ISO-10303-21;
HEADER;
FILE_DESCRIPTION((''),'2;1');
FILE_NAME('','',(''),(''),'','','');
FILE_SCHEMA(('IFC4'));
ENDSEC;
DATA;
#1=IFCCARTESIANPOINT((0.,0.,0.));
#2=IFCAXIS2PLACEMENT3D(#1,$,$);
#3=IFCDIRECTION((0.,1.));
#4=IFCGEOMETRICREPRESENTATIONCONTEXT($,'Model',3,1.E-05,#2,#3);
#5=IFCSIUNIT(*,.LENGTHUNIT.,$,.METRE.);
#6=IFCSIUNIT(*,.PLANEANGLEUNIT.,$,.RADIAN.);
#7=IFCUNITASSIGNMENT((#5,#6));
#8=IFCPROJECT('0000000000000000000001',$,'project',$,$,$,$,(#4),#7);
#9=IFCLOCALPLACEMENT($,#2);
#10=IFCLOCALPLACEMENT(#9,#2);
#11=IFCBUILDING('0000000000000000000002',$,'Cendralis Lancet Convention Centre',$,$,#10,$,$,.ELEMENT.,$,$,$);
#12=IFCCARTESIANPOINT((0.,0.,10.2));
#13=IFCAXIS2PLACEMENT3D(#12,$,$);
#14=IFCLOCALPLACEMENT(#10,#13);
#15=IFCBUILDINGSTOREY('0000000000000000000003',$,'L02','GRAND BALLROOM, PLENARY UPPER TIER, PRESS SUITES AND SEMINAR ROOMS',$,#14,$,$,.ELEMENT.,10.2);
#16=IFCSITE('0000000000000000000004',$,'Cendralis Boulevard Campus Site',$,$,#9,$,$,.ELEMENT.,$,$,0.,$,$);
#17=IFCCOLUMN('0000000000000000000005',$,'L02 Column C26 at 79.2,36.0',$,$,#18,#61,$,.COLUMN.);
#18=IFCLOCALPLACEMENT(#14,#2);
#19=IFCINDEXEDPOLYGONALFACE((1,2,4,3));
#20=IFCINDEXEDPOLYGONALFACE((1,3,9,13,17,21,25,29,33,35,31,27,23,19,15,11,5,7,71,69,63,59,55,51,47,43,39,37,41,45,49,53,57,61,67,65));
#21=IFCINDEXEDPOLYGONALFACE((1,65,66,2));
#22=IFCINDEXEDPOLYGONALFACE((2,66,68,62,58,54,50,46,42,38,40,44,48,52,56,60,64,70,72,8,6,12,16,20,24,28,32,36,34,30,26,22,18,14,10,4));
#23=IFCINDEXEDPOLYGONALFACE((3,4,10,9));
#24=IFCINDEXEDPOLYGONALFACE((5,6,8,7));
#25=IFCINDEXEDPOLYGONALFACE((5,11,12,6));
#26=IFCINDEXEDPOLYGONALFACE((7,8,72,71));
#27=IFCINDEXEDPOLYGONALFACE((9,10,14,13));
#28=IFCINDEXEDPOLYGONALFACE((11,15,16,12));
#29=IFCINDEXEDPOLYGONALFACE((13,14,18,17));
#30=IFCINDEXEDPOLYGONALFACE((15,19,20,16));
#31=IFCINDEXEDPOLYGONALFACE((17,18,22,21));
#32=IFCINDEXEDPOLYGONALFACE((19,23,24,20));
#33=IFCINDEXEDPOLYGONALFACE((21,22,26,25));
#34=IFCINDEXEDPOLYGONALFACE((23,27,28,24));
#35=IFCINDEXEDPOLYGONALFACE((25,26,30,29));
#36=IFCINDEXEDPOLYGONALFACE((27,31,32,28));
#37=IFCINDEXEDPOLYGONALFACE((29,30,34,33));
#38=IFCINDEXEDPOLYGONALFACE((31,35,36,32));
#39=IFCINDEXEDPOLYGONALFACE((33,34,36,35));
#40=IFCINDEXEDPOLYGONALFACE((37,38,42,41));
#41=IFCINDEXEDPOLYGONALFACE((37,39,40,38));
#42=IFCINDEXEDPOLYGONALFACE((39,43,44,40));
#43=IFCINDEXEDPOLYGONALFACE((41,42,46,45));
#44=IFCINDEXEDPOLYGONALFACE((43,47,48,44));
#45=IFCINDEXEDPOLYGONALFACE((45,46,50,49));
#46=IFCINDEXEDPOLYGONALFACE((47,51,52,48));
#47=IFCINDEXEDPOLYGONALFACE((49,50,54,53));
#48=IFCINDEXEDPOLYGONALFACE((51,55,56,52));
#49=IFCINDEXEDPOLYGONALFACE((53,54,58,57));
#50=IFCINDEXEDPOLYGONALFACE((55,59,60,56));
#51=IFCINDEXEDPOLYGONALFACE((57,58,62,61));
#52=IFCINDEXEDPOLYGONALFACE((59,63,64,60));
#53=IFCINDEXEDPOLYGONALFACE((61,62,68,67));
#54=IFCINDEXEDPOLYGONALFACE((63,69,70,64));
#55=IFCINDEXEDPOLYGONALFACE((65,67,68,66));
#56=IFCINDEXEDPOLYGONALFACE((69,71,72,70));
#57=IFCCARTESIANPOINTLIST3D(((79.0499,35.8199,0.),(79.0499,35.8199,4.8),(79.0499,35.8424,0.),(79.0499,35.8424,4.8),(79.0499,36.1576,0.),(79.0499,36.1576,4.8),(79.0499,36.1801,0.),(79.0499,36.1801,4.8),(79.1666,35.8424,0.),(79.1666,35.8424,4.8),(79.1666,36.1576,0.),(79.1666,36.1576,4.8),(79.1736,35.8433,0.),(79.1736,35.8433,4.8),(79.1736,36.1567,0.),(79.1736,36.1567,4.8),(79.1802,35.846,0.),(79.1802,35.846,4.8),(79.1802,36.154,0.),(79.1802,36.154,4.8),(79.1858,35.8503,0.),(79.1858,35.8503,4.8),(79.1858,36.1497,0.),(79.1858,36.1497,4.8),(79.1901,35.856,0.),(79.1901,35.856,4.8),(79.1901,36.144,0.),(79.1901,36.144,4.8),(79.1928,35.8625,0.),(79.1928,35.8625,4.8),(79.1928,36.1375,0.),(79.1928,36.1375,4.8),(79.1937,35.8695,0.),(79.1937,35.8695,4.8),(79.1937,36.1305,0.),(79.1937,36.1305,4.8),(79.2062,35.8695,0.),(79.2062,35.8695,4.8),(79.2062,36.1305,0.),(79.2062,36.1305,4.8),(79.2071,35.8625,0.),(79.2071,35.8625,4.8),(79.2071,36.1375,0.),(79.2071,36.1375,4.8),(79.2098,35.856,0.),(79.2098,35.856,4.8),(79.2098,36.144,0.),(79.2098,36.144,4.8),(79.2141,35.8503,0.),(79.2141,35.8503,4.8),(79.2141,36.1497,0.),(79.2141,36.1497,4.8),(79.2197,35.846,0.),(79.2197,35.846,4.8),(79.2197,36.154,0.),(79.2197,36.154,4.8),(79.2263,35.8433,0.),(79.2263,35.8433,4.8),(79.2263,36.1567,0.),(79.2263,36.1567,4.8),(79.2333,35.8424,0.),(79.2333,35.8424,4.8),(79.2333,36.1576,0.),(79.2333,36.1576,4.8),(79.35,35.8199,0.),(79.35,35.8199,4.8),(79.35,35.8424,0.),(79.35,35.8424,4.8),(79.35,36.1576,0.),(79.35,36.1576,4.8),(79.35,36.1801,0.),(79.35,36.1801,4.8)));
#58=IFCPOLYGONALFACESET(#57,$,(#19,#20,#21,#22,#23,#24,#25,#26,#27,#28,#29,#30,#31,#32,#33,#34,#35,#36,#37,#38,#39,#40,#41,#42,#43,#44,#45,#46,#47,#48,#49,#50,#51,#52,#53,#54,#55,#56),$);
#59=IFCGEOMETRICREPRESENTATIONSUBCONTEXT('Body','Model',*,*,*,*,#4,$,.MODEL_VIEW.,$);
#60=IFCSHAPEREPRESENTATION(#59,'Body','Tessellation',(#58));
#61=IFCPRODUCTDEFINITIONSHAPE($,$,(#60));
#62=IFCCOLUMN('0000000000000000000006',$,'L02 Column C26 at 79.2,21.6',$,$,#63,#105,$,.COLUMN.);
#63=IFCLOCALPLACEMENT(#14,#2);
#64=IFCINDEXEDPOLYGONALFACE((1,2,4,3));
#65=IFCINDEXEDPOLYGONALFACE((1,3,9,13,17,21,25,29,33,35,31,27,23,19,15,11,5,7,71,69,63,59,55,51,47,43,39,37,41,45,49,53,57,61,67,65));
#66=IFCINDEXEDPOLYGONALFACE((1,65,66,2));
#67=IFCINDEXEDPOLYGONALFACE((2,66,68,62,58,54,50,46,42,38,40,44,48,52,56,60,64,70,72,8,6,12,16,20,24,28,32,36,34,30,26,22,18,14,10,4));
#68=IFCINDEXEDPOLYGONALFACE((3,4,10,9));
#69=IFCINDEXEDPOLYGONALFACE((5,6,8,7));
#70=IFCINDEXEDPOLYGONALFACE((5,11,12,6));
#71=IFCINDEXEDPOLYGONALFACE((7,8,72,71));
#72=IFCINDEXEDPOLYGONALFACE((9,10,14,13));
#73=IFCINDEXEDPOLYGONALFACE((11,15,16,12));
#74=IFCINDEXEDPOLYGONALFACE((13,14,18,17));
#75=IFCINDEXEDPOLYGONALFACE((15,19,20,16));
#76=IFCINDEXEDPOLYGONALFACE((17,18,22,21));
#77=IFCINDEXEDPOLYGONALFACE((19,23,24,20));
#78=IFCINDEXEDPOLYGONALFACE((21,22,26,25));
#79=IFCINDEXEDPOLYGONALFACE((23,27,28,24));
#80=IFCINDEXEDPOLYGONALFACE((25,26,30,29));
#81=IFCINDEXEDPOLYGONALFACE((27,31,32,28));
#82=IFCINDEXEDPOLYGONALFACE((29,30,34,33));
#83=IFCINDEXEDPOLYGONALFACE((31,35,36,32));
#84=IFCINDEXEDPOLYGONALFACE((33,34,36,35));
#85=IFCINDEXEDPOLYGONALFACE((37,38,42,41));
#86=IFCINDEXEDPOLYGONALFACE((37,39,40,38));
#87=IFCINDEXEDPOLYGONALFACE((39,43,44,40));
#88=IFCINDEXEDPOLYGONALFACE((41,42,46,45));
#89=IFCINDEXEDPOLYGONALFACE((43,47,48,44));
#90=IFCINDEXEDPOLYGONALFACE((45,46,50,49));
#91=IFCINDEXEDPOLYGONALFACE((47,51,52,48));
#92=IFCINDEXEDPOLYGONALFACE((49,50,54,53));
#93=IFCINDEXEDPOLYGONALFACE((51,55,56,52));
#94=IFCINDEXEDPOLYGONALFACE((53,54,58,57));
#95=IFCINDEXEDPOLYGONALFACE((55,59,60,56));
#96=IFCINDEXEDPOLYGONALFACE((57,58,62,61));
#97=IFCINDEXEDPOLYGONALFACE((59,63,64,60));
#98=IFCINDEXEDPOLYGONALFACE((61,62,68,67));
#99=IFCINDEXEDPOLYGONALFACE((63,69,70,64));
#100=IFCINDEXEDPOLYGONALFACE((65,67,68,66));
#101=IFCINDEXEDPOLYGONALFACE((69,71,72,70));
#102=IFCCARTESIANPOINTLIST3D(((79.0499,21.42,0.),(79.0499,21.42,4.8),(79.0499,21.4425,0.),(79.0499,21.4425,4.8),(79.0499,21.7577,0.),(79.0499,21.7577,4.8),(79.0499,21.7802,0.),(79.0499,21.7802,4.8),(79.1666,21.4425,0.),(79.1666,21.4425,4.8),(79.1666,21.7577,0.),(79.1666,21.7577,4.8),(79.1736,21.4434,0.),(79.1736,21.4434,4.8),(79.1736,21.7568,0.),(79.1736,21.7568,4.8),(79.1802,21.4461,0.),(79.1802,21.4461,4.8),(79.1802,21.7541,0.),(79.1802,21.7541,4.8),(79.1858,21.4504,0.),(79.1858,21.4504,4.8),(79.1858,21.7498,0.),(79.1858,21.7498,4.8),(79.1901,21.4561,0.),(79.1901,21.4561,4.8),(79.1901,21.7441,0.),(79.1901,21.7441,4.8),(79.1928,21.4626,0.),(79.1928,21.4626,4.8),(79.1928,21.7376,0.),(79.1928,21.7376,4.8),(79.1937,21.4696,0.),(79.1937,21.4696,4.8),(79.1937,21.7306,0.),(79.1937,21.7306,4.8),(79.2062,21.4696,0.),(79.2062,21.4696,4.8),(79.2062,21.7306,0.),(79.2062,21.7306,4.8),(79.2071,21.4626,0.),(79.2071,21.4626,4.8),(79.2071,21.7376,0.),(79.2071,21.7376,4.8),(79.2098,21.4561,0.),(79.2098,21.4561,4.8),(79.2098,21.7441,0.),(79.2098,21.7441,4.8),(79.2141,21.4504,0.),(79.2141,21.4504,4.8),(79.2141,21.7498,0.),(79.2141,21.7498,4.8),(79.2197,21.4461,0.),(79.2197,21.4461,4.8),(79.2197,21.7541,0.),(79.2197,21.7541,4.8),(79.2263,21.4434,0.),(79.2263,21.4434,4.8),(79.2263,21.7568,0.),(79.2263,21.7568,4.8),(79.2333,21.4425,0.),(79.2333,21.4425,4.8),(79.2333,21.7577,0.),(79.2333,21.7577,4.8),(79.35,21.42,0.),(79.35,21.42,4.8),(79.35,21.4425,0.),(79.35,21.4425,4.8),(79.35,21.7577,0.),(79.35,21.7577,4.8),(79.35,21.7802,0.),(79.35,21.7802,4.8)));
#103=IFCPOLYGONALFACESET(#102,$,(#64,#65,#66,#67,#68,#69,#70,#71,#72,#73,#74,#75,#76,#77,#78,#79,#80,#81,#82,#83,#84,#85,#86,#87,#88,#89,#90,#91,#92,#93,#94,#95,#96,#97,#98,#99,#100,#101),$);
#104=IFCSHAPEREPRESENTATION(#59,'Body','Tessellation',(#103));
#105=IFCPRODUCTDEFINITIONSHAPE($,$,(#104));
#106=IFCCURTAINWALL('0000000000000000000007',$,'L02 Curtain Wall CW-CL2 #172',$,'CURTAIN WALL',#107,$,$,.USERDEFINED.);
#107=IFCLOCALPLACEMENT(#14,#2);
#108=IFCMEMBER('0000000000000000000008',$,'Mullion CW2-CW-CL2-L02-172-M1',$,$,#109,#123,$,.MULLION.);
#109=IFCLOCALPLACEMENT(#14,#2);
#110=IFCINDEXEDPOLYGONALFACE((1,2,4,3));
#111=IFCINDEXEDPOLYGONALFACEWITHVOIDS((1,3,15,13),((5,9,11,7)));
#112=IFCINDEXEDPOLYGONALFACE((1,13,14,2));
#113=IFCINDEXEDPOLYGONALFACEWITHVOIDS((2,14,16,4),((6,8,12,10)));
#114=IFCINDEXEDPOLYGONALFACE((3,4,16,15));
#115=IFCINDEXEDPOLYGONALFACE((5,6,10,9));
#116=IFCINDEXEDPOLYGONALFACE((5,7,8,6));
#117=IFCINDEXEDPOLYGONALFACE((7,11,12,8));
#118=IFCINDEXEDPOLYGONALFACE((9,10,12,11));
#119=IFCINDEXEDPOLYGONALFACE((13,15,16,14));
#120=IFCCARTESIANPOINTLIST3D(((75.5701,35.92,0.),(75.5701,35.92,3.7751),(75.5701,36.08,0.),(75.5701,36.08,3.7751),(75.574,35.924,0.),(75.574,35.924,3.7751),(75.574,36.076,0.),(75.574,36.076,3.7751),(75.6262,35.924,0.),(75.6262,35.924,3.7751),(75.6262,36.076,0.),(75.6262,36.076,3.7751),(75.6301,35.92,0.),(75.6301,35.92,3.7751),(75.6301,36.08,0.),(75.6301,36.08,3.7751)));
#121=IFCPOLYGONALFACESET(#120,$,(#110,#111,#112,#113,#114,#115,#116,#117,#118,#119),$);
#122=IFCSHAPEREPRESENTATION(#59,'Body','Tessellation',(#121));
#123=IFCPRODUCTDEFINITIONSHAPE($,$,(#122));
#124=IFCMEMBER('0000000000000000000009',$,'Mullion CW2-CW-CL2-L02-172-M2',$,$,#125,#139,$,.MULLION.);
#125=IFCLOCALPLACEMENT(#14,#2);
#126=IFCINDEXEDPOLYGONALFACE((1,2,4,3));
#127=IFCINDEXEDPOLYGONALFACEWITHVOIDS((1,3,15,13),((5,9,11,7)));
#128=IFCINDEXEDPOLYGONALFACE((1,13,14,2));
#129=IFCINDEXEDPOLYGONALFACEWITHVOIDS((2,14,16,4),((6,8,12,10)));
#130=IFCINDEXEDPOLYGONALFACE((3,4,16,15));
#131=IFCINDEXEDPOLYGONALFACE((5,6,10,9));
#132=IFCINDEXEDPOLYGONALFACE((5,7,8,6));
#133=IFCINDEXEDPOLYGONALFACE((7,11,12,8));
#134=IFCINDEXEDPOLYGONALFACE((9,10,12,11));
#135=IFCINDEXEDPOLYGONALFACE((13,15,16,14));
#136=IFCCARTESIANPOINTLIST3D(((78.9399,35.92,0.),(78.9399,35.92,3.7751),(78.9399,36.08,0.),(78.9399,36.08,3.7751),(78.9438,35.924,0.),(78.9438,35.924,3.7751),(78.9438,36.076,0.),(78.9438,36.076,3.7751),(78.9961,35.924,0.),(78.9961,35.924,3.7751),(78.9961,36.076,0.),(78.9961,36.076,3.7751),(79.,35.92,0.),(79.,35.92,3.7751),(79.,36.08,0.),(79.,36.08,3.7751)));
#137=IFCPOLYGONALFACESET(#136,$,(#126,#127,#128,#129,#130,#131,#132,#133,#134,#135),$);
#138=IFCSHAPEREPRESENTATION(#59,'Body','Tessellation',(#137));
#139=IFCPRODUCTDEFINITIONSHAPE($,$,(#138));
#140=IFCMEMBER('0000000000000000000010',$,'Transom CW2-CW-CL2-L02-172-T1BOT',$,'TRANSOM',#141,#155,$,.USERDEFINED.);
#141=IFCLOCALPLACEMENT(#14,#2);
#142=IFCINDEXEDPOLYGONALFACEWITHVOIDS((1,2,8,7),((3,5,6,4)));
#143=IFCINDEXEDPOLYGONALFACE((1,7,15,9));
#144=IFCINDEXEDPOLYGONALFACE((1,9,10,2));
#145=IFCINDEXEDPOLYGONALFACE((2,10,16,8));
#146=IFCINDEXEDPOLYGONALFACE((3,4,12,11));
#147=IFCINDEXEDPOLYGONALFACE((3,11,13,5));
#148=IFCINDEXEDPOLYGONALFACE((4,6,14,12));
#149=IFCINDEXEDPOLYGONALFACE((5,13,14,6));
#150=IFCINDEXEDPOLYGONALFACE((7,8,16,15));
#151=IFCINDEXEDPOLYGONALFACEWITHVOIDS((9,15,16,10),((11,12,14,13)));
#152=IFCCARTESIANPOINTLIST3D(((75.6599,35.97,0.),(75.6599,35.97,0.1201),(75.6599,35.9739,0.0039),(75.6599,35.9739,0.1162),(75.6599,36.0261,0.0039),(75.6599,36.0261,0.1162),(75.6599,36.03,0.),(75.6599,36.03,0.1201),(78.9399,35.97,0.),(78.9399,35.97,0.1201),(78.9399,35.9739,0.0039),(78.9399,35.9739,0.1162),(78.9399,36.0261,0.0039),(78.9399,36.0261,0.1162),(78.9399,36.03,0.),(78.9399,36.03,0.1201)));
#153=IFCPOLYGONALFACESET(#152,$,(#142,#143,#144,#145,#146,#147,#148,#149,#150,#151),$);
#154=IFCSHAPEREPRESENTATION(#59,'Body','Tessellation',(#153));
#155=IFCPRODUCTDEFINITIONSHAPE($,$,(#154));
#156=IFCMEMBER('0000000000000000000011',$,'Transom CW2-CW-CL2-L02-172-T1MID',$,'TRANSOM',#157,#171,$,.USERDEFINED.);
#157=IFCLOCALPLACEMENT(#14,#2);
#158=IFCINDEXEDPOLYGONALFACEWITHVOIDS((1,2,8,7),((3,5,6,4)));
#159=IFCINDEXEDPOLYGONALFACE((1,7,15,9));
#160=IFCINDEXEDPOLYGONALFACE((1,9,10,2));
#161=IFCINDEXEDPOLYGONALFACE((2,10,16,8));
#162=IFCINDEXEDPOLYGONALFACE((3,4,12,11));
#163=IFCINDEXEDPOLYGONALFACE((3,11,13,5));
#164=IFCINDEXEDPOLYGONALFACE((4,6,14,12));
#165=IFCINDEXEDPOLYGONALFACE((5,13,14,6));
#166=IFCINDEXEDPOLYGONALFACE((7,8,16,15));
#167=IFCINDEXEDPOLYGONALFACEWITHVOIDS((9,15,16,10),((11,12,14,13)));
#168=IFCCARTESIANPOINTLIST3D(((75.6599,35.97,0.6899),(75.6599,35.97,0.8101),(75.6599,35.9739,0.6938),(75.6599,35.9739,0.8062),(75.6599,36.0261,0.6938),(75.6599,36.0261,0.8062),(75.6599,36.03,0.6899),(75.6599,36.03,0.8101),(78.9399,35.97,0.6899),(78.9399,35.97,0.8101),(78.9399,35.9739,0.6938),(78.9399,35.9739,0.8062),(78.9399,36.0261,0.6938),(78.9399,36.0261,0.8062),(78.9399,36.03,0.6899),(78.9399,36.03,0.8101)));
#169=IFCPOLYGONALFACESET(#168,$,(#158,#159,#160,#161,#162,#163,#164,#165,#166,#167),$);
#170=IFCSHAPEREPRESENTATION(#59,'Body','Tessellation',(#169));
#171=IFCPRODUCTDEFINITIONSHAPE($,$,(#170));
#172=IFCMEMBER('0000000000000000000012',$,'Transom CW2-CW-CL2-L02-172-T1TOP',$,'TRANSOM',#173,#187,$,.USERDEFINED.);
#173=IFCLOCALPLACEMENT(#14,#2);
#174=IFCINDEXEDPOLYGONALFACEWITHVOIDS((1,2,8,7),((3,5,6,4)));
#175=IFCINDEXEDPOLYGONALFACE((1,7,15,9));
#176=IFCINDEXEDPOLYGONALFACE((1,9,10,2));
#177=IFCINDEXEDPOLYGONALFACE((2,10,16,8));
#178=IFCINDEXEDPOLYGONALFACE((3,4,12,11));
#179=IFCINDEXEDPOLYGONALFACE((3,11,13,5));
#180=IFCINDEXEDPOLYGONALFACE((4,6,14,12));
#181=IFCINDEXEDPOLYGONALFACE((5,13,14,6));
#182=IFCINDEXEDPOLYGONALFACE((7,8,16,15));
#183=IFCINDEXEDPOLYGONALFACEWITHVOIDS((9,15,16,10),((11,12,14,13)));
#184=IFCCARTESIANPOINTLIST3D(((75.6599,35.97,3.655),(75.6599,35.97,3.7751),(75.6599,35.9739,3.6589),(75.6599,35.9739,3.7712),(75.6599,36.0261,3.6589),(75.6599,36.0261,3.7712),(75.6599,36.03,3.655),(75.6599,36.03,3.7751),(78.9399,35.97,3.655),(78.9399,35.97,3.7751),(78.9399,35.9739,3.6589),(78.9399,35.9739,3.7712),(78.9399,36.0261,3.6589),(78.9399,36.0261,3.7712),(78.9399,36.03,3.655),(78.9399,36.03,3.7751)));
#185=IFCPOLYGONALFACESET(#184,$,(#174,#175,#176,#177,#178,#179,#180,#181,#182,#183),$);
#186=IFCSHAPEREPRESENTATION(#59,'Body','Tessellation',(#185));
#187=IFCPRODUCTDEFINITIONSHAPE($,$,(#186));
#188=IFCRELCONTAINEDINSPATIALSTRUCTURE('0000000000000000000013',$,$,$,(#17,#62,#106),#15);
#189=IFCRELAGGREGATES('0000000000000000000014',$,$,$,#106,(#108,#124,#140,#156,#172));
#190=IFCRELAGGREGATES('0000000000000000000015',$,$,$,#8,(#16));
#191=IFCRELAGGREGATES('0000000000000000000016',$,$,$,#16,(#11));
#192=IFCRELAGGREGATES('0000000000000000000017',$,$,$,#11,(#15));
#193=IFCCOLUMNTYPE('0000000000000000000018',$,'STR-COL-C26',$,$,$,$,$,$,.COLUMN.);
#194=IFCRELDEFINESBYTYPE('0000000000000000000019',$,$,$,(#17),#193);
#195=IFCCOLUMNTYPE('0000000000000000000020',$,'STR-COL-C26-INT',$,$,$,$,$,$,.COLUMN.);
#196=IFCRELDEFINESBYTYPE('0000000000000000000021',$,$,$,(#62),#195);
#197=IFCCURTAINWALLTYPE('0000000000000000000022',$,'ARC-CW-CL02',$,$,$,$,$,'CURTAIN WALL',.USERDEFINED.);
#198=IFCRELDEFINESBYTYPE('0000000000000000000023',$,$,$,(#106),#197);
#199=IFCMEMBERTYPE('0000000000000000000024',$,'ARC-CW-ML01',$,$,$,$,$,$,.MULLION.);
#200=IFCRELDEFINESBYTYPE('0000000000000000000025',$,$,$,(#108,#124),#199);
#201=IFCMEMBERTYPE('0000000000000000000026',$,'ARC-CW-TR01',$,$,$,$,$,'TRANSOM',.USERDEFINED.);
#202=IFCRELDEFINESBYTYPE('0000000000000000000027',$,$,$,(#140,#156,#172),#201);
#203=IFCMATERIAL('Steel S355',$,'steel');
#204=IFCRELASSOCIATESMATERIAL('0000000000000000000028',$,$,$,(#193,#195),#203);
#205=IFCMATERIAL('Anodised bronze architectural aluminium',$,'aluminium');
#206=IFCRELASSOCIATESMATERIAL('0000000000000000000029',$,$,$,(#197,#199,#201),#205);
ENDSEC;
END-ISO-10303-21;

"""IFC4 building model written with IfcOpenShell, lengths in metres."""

from ifc_helpers import new_model, si_unit, direction, frame, origin, origin_2d, place, context, subcontext, project, spatial, hollow_rectangle, i_section, extrude, material, material_profile, profile_set, type_object, element, aggregate, save


model = new_model("IFC4")

# Units and contexts
model_context = context("Model", 3, precision=1e-05, world=origin(), true_north=direction((0.0, 1.0)))
body_context = subcontext(model_context, "Body", "Model", "MODEL_VIEW")
ifc_project = project(units=[si_unit("LENGTHUNIT", "METRE"), si_unit("PLANEANGLEUNIT", "RADIAN")], contexts=[model_context])

# Site, building, storey
site_placement = place(None, origin())
site = spatial("IfcSite", under=ifc_project, at=site_placement, Name="Cendralis Boulevard Campus Site", CompositionType="ELEMENT", RefElevation=0.0)
building_placement = place(site_placement, origin())
building = spatial("IfcBuilding", under=site, at=building_placement, Name="Cendralis Lancet Convention Centre", CompositionType="ELEMENT")
storey_placement = place(building_placement, frame((0.0, 0.0, 10.2)))
storey = spatial("IfcBuildingStorey", under=building, at=storey_placement, Name="L02", Description="GRAND BALLROOM, PLENARY UPPER TIER, PRESS SUITES AND SEMINAR ROOMS", CompositionType="ELEMENT", Elevation=10.2)

# Columns
ifc_material_1 = material(Name="Steel S355", Category="steel")
ifc_material_profile_1 = material_profile(ifc_material_1, i_section(OverallWidth=0.3, OverallDepth=0.3601, WebThickness=0.0125, FlangeThickness=0.0225, FilletRadius=0.0271, at=origin_2d()), Name="HEB 360")
ifc_profile_set_1 = profile_set([ifc_material_profile_1], Name="Steel S355")
column_type_1 = type_object("IfcColumnType", Name="STR-COL-C26", PredefinedType="COLUMN", material=ifc_profile_set_1)
column_1_placement = place(storey_placement, frame((79.2, 36.0, 0.0), z_axis=(0.0, 0.0, 1.0), x_axis=(1.0, 0.0, 0.0)))
element("IfcColumn", 1, at=column_1_placement, inside=storey, type_object=column_type_1, Name="L02 Column C26 at 79.2,36.0", PredefinedType="COLUMN", context=body_context, shape_type="SweptSolid", body=[
    extrude(i_section(OverallWidth=0.3, OverallDepth=0.3601, WebThickness=0.0125, FlangeThickness=0.0225, FilletRadius=0.0271, at=origin_2d()), origin(), (0.0, 0.0, 1.0), 4.8),
])
ifc_material_profile_2 = material_profile(ifc_material_1, i_section(OverallWidth=0.3, OverallDepth=0.3601, WebThickness=0.0125, FlangeThickness=0.0225, FilletRadius=0.0271, at=origin_2d()), Name="HEB 360")
ifc_profile_set_2 = profile_set([ifc_material_profile_2], Name="Steel S355")
column_type_2 = type_object("IfcColumnType", Name="STR-COL-C26-INT", PredefinedType="COLUMN", material=ifc_profile_set_2)
column_2_placement = place(storey_placement, frame((79.2, 21.6001, 0.0), z_axis=(0.0, 0.0, 1.0), x_axis=(1.0, 0.0, 0.0)))
element("IfcColumn", 2, at=column_2_placement, inside=storey, type_object=column_type_2, Name="L02 Column C26 at 79.2,21.6", PredefinedType="COLUMN", context=body_context, shape_type="SweptSolid", body=[
    extrude(i_section(OverallWidth=0.3, OverallDepth=0.3601, WebThickness=0.0125, FlangeThickness=0.0225, FilletRadius=0.0271, at=origin_2d()), origin(), (0.0, 0.0, 1.0), 4.8),
])

# Curtain wall, members
ifc_material_2 = material(Name="Anodised bronze architectural aluminium", Category="aluminium")
curtain_wall_type = type_object("IfcCurtainWallType", Name="ARC-CW-CL02", ElementType="CURTAIN WALL", PredefinedType="USERDEFINED", material=ifc_material_2)
curtain_wall_placement = place(storey_placement, origin())
curtain_wall = element("IfcCurtainWall", 3, at=curtain_wall_placement, inside=storey, type_object=curtain_wall_type, Name="L02 Curtain Wall CW-CL2 #172", ObjectType="CURTAIN WALL", PredefinedType="USERDEFINED")
ifc_material_profile_3 = material_profile(ifc_material_2, hollow_rectangle(XDim=0.0601, YDim=0.1599, WallThickness=0.0039, at=origin_2d()), Name="AL-MULL 60x160x4.0")
ifc_profile_set_3 = profile_set([ifc_material_profile_3], Name="Anodised bronze architectural aluminium")
member_type_1 = type_object("IfcMemberType", Name="ARC-CW-ML01", PredefinedType="MULLION", material=ifc_profile_set_3)
member_1_placement = place(storey_placement, frame((75.6001, 36.0, 0.0), z_axis=(0.0, 0.0, 1.0), x_axis=(1.0, 0.0, 0.0)))
member_1 = element("IfcMember", 4, at=member_1_placement, type_object=member_type_1, Name="Mullion CW2-CW-CL2-L02-172-M1", PredefinedType="MULLION", context=body_context, shape_type="SweptSolid", body=[
    extrude(hollow_rectangle(XDim=0.0601, YDim=0.1599, WallThickness=0.0039, at=origin_2d()), origin(), (0.0, 0.0, 1.0), 3.7751),
])
member_2_placement = place(storey_placement, frame((78.97, 36.0, 0.0), z_axis=(0.0, 0.0, 1.0), x_axis=(1.0, 0.0, 0.0)))
member_2 = element("IfcMember", 5, at=member_2_placement, type_object=member_type_1, Name="Mullion CW2-CW-CL2-L02-172-M2", PredefinedType="MULLION", context=body_context, shape_type="SweptSolid", body=[
    extrude(hollow_rectangle(XDim=0.0601, YDim=0.1599, WallThickness=0.0039, at=origin_2d()), origin(), (0.0, 0.0, 1.0), 3.7751),
])
ifc_material_profile_4 = material_profile(ifc_material_2, hollow_rectangle(XDim=0.0601, YDim=0.1201, WallThickness=0.0039, at=origin_2d()), Name="AL-TRAN 60x120x4.0")
ifc_profile_set_4 = profile_set([ifc_material_profile_4], Name="Anodised bronze architectural aluminium")
member_type_2 = type_object("IfcMemberType", Name="ARC-CW-TR01", ElementType="TRANSOM", PredefinedType="USERDEFINED", material=ifc_profile_set_4)
member_3_placement = place(storey_placement, frame((75.6599, 36.0, 0.0601), z_axis=(1.0, 0.0, 0.0), x_axis=(0.0, 1.0, 0.0)))
member_3 = element("IfcMember", 6, at=member_3_placement, type_object=member_type_2, Name="Transom CW2-CW-CL2-L02-172-T1BOT", ObjectType="TRANSOM", PredefinedType="USERDEFINED", context=body_context, shape_type="SweptSolid", body=[
    extrude(hollow_rectangle(XDim=0.0601, YDim=0.1201, WallThickness=0.0039, at=origin_2d()), origin(), (0.0, 0.0, 1.0), 3.28),
])
member_4_placement = place(storey_placement, frame((75.6599, 36.0, 0.75), z_axis=(1.0, 0.0, 0.0), x_axis=(0.0, 1.0, 0.0)))
member_4 = element("IfcMember", 7, at=member_4_placement, type_object=member_type_2, Name="Transom CW2-CW-CL2-L02-172-T1MID", ObjectType="TRANSOM", PredefinedType="USERDEFINED", context=body_context, shape_type="SweptSolid", body=[
    extrude(hollow_rectangle(XDim=0.0601, YDim=0.1201, WallThickness=0.0039, at=origin_2d()), origin(), (0.0, 0.0, 1.0), 3.28),
])
member_5_placement = place(storey_placement, frame((75.6599, 36.0, 3.7151), z_axis=(1.0, 0.0, 0.0), x_axis=(0.0, 1.0, 0.0)))
member_5 = element("IfcMember", 8, at=member_5_placement, type_object=member_type_2, Name="Transom CW2-CW-CL2-L02-172-T1TOP", ObjectType="TRANSOM", PredefinedType="USERDEFINED", context=body_context, shape_type="SweptSolid", body=[
    extrude(hollow_rectangle(XDim=0.0601, YDim=0.1201, WallThickness=0.0039, at=origin_2d()), origin(), (0.0, 0.0, 1.0), 3.28),
])

aggregate(curtain_wall, [member_1, member_2, member_3, member_4, member_5])

save(model, "model.ifc")
